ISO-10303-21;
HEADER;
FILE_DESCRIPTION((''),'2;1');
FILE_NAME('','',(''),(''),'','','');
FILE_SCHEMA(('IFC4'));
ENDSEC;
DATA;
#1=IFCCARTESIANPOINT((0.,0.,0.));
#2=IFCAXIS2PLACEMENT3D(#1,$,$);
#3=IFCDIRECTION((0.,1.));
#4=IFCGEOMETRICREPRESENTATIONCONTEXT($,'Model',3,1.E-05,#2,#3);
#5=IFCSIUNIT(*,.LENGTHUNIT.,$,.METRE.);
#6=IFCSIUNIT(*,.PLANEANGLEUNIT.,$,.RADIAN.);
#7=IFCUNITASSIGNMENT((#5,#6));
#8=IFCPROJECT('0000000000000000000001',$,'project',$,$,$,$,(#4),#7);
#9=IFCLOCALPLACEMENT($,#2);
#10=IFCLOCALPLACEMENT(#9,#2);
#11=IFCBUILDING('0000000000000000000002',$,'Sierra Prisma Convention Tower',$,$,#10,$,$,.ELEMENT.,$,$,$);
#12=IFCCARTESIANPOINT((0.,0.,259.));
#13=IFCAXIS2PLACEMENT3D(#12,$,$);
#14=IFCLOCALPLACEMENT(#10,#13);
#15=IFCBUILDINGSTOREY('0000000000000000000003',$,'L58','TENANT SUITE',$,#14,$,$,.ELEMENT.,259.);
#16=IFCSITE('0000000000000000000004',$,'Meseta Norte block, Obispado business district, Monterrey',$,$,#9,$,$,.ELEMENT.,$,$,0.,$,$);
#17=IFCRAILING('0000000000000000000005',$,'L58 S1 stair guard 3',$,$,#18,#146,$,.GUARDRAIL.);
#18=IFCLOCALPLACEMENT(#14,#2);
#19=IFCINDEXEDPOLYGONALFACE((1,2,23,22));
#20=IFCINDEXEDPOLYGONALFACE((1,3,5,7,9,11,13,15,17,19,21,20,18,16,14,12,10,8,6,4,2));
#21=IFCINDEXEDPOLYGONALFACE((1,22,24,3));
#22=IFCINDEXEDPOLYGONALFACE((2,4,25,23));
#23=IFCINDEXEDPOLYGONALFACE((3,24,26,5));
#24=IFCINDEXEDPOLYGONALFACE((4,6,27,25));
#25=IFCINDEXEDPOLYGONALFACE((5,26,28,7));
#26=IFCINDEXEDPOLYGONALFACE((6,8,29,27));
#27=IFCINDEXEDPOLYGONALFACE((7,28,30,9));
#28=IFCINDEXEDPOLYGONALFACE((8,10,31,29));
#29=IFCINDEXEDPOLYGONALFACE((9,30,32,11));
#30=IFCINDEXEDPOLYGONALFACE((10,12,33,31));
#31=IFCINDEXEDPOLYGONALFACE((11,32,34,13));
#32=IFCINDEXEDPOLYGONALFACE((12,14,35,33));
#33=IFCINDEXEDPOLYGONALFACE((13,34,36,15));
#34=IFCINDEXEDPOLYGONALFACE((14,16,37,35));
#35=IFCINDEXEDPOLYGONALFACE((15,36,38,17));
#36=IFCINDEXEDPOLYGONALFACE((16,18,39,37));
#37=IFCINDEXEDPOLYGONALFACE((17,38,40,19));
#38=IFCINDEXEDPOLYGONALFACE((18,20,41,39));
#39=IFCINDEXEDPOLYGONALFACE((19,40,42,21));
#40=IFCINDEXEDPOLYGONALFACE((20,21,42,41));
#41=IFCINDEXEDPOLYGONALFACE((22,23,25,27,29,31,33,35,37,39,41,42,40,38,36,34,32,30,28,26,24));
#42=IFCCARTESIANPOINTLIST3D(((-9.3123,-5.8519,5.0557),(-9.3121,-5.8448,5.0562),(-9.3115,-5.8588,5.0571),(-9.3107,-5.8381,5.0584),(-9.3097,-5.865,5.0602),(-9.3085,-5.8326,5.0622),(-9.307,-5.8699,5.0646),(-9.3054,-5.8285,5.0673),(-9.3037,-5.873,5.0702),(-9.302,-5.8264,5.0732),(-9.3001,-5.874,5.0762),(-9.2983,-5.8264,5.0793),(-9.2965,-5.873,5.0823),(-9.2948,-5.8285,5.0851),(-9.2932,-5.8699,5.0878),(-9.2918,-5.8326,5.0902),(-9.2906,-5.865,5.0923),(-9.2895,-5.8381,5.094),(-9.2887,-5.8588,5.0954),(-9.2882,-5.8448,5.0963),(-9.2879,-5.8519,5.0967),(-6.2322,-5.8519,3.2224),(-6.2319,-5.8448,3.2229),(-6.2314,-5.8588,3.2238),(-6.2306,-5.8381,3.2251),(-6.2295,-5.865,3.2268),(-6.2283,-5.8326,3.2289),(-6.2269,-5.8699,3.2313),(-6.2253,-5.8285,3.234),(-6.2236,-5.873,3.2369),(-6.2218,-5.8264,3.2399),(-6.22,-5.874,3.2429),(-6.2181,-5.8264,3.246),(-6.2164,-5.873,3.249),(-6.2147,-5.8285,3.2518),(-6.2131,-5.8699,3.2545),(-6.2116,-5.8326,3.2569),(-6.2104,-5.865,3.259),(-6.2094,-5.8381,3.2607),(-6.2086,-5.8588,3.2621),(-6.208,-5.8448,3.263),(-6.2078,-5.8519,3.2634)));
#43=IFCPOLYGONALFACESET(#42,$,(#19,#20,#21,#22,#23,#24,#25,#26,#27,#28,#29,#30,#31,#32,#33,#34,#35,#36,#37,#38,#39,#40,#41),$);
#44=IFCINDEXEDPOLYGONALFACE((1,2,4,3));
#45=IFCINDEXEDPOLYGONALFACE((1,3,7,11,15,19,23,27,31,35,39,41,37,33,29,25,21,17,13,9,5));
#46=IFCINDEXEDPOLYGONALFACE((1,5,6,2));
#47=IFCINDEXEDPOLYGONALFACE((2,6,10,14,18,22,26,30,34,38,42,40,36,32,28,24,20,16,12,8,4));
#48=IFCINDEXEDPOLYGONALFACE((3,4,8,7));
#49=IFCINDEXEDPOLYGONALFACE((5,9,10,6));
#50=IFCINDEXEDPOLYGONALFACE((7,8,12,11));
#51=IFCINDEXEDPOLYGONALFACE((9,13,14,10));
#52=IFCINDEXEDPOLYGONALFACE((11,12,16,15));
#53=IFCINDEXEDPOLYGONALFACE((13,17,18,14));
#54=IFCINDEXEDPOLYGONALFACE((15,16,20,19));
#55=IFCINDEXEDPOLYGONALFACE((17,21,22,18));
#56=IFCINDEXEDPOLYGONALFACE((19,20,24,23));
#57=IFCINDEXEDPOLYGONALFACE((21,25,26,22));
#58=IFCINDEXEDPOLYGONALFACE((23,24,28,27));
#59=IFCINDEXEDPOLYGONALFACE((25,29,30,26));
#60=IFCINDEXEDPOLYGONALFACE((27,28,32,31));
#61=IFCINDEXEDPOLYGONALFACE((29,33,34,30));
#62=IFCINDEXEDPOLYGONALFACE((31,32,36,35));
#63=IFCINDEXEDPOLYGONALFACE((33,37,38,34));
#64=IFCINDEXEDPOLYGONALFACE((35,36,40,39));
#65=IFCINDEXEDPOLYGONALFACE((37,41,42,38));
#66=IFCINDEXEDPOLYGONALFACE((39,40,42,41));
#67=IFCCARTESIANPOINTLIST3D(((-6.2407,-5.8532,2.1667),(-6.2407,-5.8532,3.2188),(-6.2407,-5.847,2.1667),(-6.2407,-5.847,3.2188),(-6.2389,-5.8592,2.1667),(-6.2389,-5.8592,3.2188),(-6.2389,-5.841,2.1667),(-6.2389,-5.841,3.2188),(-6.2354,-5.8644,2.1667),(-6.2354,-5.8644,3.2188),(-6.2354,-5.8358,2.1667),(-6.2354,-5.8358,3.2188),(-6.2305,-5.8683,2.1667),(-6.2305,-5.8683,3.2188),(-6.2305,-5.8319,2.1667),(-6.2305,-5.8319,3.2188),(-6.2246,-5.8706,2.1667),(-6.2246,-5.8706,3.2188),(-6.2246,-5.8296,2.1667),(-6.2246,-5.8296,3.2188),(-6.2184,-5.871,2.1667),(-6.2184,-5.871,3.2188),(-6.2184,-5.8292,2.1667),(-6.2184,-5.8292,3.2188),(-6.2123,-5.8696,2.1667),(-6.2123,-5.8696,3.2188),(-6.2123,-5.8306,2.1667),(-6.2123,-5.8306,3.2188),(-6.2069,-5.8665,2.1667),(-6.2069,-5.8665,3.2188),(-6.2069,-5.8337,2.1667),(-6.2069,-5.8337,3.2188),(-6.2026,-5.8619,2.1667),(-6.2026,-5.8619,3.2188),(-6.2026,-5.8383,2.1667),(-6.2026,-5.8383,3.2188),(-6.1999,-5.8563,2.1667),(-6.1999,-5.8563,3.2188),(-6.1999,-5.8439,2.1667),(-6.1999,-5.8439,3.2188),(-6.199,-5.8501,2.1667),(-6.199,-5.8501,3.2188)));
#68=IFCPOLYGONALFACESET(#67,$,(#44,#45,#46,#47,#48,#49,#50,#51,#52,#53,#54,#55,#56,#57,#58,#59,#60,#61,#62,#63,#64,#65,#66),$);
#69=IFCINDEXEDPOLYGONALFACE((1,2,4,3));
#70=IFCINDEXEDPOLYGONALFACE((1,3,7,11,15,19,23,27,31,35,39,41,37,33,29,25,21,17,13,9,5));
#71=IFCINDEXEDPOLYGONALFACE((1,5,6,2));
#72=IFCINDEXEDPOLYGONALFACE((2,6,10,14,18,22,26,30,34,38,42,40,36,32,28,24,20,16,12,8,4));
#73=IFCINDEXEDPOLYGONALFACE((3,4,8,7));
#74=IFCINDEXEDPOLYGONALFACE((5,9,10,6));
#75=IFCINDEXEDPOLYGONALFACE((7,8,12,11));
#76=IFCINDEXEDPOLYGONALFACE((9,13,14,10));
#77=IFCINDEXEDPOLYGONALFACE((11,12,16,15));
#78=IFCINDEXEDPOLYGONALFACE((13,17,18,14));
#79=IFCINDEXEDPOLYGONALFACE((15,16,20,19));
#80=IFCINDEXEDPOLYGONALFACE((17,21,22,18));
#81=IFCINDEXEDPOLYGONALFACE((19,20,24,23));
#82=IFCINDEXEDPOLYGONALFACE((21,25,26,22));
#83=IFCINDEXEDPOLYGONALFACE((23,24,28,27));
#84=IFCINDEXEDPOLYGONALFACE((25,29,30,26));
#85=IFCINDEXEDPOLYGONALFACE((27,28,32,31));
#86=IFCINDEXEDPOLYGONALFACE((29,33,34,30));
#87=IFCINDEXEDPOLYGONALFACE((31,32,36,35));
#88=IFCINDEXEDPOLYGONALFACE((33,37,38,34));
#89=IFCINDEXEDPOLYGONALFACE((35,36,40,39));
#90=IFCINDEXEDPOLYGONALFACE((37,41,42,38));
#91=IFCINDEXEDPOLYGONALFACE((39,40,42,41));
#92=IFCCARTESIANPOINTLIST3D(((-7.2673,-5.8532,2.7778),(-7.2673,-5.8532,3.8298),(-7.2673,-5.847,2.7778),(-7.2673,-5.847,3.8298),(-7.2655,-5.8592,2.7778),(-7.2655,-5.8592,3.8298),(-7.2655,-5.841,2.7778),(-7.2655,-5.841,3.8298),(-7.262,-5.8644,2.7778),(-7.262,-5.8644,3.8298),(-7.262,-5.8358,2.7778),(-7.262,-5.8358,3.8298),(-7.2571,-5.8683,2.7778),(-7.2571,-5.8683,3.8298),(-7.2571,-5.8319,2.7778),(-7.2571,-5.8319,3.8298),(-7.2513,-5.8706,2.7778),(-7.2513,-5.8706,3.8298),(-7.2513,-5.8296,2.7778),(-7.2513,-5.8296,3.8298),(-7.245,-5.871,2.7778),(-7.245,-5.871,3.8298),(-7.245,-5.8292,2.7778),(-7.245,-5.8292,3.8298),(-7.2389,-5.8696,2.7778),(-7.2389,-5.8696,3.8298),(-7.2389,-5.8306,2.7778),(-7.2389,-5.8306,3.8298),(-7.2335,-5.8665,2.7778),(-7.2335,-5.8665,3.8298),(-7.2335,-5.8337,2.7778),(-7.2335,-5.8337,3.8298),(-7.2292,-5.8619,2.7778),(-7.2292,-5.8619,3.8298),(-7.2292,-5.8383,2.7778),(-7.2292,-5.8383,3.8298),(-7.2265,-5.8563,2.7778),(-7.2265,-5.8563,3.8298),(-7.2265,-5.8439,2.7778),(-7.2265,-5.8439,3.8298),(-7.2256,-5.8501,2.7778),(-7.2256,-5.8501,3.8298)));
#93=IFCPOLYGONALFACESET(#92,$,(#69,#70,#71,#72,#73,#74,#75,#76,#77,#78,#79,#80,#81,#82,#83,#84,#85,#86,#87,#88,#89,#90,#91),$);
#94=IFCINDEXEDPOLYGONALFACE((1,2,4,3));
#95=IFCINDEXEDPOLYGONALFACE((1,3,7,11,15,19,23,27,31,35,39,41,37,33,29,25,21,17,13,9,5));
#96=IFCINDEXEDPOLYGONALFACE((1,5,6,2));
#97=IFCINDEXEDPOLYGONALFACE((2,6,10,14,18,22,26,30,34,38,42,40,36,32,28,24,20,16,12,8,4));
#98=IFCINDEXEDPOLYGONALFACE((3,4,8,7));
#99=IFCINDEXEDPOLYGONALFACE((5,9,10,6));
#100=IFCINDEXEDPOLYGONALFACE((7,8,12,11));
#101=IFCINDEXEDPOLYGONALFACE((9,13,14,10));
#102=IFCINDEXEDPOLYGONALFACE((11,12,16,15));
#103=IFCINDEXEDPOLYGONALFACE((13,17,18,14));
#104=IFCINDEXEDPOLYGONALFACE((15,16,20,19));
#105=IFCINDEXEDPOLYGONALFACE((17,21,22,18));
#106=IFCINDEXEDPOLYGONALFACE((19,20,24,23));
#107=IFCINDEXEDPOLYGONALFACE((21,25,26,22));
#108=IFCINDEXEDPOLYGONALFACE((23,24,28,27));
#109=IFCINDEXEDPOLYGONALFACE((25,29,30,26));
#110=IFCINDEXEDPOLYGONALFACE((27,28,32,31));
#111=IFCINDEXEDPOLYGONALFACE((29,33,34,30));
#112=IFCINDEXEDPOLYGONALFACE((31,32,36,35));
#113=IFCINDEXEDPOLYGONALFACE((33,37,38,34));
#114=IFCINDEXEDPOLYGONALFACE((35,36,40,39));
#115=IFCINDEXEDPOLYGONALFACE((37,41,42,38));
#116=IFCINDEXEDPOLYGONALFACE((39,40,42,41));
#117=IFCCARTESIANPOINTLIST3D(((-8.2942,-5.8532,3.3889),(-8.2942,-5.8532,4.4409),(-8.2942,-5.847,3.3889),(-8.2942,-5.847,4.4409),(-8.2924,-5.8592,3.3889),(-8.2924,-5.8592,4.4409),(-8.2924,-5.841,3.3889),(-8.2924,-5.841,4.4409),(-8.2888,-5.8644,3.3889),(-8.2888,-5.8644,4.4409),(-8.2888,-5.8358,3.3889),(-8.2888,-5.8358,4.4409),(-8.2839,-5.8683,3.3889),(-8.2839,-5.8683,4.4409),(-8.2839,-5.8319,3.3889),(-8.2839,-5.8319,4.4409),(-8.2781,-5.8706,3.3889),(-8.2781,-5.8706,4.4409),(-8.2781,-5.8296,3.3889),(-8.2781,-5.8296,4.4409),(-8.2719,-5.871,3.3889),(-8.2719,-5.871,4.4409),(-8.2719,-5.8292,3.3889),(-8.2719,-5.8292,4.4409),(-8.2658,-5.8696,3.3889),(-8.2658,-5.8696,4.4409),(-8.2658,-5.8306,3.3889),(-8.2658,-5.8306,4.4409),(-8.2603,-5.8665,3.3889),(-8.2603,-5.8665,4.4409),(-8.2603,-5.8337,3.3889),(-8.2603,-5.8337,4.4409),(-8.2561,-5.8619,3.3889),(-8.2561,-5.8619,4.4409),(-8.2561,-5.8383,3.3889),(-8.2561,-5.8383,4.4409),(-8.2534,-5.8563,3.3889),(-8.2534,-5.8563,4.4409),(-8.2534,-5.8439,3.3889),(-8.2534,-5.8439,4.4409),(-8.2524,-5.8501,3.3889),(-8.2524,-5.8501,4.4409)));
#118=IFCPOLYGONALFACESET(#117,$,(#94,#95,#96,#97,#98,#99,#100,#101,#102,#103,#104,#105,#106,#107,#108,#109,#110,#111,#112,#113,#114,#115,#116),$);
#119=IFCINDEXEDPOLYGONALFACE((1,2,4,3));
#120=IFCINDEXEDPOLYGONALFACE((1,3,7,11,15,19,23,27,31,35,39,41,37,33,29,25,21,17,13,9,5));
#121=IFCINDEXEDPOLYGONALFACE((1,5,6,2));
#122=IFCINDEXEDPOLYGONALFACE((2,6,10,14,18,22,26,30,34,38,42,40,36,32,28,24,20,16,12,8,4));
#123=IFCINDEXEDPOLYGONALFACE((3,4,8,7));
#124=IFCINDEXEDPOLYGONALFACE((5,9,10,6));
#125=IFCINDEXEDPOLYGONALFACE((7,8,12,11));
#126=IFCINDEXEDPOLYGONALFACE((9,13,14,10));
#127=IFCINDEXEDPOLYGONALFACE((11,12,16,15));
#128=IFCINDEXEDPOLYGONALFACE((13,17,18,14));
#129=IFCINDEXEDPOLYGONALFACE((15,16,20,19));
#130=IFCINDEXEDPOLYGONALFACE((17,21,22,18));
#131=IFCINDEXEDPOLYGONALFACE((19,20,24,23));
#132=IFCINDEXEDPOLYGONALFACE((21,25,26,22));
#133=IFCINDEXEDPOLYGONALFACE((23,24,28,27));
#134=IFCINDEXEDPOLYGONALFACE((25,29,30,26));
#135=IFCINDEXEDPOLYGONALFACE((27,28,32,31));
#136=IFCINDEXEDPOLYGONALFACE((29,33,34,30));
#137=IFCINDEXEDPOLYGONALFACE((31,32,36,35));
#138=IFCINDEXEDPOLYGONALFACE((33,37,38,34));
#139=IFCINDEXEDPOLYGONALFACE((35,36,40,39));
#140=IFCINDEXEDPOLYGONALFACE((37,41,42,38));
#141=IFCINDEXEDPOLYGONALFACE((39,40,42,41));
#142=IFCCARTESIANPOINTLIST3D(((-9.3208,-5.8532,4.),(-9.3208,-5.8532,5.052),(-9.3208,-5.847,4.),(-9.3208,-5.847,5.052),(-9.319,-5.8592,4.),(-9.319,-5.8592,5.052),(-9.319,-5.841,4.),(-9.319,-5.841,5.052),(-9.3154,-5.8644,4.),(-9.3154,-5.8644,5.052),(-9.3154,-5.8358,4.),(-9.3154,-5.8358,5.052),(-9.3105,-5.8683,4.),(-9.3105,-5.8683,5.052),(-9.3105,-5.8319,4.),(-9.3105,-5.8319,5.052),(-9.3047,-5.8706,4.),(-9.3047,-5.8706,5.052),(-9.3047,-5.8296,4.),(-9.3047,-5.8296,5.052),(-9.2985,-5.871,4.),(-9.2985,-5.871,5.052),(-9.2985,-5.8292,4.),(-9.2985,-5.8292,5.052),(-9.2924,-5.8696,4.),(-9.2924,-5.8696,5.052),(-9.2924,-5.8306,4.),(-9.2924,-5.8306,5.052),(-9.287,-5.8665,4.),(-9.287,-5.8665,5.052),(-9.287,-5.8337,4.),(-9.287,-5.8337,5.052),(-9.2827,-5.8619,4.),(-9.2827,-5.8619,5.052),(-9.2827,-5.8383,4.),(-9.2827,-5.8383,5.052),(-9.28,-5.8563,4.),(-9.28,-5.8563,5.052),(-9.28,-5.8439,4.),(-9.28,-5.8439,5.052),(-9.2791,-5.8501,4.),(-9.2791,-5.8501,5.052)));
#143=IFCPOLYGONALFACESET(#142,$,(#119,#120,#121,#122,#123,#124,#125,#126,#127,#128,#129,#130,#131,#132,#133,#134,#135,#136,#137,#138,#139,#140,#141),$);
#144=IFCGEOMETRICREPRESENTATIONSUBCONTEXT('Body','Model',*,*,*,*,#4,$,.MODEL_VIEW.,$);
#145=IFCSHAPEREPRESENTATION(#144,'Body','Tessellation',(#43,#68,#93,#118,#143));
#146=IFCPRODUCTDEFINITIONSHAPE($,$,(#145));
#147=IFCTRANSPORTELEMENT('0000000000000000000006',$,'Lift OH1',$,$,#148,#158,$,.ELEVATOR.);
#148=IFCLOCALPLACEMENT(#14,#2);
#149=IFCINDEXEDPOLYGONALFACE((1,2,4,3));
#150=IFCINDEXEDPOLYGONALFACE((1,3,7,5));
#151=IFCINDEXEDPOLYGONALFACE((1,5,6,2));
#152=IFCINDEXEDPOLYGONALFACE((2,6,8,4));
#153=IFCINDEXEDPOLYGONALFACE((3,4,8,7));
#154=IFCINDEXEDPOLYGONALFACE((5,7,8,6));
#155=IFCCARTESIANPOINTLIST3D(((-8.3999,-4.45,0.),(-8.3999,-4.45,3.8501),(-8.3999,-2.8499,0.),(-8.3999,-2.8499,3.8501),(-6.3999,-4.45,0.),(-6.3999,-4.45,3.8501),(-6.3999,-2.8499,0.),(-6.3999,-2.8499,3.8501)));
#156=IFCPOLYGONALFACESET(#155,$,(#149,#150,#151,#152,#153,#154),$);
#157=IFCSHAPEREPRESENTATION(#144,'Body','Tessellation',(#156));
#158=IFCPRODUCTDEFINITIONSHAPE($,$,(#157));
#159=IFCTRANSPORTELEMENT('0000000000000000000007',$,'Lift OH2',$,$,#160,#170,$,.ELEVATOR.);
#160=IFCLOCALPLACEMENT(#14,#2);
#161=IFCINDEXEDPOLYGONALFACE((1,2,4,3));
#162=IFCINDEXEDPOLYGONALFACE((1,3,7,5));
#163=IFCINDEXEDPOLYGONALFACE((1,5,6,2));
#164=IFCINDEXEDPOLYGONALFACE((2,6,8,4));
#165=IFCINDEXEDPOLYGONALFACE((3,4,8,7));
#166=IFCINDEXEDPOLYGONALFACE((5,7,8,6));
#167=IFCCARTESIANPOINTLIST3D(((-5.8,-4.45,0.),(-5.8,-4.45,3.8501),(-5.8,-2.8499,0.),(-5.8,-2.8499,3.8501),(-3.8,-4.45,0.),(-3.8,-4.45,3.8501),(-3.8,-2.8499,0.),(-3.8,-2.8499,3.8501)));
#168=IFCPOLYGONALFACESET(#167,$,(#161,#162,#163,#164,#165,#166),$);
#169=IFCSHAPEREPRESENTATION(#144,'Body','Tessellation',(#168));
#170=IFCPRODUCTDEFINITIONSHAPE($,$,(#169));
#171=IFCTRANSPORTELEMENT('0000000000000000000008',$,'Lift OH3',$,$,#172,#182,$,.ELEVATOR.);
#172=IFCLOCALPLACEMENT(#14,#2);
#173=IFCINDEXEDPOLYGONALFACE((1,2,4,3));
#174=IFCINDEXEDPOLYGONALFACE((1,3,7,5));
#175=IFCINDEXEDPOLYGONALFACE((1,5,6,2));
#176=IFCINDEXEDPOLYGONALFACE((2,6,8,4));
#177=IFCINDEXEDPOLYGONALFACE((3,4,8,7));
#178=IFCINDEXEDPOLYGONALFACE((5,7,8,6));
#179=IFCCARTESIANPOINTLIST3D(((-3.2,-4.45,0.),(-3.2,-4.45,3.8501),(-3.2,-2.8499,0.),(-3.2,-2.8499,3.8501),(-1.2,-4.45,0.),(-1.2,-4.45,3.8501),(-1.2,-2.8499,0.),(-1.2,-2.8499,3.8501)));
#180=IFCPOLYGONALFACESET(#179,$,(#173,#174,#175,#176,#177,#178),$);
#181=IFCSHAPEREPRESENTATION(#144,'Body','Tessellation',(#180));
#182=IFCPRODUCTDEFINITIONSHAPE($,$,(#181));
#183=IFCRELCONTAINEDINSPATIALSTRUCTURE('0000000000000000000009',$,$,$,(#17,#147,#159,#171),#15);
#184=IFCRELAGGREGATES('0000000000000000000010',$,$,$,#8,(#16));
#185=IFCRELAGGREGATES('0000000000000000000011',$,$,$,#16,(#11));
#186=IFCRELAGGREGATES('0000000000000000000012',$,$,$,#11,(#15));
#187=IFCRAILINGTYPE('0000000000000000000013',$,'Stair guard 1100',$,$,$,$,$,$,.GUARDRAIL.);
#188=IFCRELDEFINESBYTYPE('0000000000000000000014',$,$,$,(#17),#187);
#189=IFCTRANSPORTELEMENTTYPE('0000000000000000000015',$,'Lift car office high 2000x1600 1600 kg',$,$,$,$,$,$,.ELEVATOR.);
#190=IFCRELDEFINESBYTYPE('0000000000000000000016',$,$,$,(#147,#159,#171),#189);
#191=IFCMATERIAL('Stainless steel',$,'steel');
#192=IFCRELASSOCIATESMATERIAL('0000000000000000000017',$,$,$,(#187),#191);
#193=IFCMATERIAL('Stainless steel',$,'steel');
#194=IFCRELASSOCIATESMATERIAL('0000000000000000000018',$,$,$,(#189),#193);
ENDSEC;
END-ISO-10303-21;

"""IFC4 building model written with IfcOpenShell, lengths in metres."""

from ifc_helpers import new_model, si_unit, direction, frame, origin, origin_2d, place, context, subcontext, project, spatial, rectangle, circle, extrude, material, type_object, element, save


model = new_model("IFC4")

# Units and contexts
model_context = context("Model", 3, precision=1e-05, world=origin(), true_north=direction((0.0, 1.0)))
body_context = subcontext(model_context, "Body", "Model", "MODEL_VIEW")
ifc_project = project(units=[si_unit("LENGTHUNIT", "METRE"), si_unit("PLANEANGLEUNIT", "RADIAN")], contexts=[model_context])

# Site, building, storey
site_placement = place(None, origin())
site = spatial("IfcSite", under=ifc_project, at=site_placement, Name="Meseta Norte block, Obispado business district, Monterrey", CompositionType="ELEMENT", RefElevation=0.0)
building_placement = place(site_placement, origin())
building = spatial("IfcBuilding", under=site, at=building_placement, Name="Sierra Prisma Convention Tower", CompositionType="ELEMENT")
storey_placement = place(building_placement, frame((0.0, 0.0, 259.0)))
storey = spatial("IfcBuildingStorey", under=building, at=storey_placement, Name="L58", Description="TENANT SUITE", CompositionType="ELEMENT", Elevation=259.0)

# Railing
ifc_material_1 = material(Name="Stainless steel", Category="steel")
railing_type_1 = type_object("IfcRailingType", Name="Stair guard 1100", PredefinedType="GUARDRAIL", material=ifc_material_1)
railing_1_placement = place(storey_placement, frame((-6.22, -5.8501, 2.1667)))
element("IfcRailing", 1, at=railing_1_placement, inside=storey, type_object=railing_type_1, Name="L58 S1 stair guard 3", PredefinedType="GUARDRAIL", context=body_context, shape_type="SweptSolid", body=[
    extrude(circle(Radius=0.0239, at=origin_2d()), frame((0.0, 0.0, 1.0762), z_axis=(-0.859309, 0.0, 0.511458), x_axis=(0.0, -1.0, 0.0)), (0.0, 0.0, 1.0), 3.5845),
    extrude(circle(Radius=0.021, at=origin_2d()), origin(), (0.0, 0.0, 1.0), 1.052),
    extrude(circle(Radius=0.021, at=origin_2d()), frame((-1.0266, 0.0, 0.6111)), (0.0, 0.0, 1.0), 1.052),
    extrude(circle(Radius=0.021, at=origin_2d()), frame((-2.0535, 0.0, 1.2222)), (0.0, 0.0, 1.0), 1.052),
    extrude(circle(Radius=0.021, at=origin_2d()), frame((-3.0801, 0.0, 1.8333)), (0.0, 0.0, 1.0), 1.052),
])

# Transport elements
ifc_material_2 = material(Name="Stainless steel", Category="steel")
transport_element_type = type_object("IfcTransportElementType", Name="Lift car office high 2000x1600 1600 kg", PredefinedType="ELEVATOR", material=ifc_material_2)
for number, where, z_axis, x_axis, name in (
    (2, (-7.3999, -3.6499, 0.0), (0.0, 0.0, 1.0), (1.0, 0.0, 0.0), "Lift OH1"),
    (3, (-4.8, -3.6499, 0.0), (0.0, 0.0, 1.0), (1.0, 0.0, 0.0), "Lift OH2"),
    (4, (-2.2, -3.6499, 0.0), (0.0, 0.0, 1.0), (1.0, 0.0, 0.0), "Lift OH3"),
):
    element("IfcTransportElement", number, at=place(storey_placement, frame(where, z_axis=z_axis, x_axis=x_axis)), inside=storey, type_object=transport_element_type, Name=name, PredefinedType="ELEVATOR", context=body_context, shape_type="SweptSolid", body=[
        extrude(rectangle(XDim=2.0, YDim=1.6001, at=origin_2d()), origin(), (0.0, 0.0, 1.0), 3.8501),
    ])

save(model, "model.ifc")
